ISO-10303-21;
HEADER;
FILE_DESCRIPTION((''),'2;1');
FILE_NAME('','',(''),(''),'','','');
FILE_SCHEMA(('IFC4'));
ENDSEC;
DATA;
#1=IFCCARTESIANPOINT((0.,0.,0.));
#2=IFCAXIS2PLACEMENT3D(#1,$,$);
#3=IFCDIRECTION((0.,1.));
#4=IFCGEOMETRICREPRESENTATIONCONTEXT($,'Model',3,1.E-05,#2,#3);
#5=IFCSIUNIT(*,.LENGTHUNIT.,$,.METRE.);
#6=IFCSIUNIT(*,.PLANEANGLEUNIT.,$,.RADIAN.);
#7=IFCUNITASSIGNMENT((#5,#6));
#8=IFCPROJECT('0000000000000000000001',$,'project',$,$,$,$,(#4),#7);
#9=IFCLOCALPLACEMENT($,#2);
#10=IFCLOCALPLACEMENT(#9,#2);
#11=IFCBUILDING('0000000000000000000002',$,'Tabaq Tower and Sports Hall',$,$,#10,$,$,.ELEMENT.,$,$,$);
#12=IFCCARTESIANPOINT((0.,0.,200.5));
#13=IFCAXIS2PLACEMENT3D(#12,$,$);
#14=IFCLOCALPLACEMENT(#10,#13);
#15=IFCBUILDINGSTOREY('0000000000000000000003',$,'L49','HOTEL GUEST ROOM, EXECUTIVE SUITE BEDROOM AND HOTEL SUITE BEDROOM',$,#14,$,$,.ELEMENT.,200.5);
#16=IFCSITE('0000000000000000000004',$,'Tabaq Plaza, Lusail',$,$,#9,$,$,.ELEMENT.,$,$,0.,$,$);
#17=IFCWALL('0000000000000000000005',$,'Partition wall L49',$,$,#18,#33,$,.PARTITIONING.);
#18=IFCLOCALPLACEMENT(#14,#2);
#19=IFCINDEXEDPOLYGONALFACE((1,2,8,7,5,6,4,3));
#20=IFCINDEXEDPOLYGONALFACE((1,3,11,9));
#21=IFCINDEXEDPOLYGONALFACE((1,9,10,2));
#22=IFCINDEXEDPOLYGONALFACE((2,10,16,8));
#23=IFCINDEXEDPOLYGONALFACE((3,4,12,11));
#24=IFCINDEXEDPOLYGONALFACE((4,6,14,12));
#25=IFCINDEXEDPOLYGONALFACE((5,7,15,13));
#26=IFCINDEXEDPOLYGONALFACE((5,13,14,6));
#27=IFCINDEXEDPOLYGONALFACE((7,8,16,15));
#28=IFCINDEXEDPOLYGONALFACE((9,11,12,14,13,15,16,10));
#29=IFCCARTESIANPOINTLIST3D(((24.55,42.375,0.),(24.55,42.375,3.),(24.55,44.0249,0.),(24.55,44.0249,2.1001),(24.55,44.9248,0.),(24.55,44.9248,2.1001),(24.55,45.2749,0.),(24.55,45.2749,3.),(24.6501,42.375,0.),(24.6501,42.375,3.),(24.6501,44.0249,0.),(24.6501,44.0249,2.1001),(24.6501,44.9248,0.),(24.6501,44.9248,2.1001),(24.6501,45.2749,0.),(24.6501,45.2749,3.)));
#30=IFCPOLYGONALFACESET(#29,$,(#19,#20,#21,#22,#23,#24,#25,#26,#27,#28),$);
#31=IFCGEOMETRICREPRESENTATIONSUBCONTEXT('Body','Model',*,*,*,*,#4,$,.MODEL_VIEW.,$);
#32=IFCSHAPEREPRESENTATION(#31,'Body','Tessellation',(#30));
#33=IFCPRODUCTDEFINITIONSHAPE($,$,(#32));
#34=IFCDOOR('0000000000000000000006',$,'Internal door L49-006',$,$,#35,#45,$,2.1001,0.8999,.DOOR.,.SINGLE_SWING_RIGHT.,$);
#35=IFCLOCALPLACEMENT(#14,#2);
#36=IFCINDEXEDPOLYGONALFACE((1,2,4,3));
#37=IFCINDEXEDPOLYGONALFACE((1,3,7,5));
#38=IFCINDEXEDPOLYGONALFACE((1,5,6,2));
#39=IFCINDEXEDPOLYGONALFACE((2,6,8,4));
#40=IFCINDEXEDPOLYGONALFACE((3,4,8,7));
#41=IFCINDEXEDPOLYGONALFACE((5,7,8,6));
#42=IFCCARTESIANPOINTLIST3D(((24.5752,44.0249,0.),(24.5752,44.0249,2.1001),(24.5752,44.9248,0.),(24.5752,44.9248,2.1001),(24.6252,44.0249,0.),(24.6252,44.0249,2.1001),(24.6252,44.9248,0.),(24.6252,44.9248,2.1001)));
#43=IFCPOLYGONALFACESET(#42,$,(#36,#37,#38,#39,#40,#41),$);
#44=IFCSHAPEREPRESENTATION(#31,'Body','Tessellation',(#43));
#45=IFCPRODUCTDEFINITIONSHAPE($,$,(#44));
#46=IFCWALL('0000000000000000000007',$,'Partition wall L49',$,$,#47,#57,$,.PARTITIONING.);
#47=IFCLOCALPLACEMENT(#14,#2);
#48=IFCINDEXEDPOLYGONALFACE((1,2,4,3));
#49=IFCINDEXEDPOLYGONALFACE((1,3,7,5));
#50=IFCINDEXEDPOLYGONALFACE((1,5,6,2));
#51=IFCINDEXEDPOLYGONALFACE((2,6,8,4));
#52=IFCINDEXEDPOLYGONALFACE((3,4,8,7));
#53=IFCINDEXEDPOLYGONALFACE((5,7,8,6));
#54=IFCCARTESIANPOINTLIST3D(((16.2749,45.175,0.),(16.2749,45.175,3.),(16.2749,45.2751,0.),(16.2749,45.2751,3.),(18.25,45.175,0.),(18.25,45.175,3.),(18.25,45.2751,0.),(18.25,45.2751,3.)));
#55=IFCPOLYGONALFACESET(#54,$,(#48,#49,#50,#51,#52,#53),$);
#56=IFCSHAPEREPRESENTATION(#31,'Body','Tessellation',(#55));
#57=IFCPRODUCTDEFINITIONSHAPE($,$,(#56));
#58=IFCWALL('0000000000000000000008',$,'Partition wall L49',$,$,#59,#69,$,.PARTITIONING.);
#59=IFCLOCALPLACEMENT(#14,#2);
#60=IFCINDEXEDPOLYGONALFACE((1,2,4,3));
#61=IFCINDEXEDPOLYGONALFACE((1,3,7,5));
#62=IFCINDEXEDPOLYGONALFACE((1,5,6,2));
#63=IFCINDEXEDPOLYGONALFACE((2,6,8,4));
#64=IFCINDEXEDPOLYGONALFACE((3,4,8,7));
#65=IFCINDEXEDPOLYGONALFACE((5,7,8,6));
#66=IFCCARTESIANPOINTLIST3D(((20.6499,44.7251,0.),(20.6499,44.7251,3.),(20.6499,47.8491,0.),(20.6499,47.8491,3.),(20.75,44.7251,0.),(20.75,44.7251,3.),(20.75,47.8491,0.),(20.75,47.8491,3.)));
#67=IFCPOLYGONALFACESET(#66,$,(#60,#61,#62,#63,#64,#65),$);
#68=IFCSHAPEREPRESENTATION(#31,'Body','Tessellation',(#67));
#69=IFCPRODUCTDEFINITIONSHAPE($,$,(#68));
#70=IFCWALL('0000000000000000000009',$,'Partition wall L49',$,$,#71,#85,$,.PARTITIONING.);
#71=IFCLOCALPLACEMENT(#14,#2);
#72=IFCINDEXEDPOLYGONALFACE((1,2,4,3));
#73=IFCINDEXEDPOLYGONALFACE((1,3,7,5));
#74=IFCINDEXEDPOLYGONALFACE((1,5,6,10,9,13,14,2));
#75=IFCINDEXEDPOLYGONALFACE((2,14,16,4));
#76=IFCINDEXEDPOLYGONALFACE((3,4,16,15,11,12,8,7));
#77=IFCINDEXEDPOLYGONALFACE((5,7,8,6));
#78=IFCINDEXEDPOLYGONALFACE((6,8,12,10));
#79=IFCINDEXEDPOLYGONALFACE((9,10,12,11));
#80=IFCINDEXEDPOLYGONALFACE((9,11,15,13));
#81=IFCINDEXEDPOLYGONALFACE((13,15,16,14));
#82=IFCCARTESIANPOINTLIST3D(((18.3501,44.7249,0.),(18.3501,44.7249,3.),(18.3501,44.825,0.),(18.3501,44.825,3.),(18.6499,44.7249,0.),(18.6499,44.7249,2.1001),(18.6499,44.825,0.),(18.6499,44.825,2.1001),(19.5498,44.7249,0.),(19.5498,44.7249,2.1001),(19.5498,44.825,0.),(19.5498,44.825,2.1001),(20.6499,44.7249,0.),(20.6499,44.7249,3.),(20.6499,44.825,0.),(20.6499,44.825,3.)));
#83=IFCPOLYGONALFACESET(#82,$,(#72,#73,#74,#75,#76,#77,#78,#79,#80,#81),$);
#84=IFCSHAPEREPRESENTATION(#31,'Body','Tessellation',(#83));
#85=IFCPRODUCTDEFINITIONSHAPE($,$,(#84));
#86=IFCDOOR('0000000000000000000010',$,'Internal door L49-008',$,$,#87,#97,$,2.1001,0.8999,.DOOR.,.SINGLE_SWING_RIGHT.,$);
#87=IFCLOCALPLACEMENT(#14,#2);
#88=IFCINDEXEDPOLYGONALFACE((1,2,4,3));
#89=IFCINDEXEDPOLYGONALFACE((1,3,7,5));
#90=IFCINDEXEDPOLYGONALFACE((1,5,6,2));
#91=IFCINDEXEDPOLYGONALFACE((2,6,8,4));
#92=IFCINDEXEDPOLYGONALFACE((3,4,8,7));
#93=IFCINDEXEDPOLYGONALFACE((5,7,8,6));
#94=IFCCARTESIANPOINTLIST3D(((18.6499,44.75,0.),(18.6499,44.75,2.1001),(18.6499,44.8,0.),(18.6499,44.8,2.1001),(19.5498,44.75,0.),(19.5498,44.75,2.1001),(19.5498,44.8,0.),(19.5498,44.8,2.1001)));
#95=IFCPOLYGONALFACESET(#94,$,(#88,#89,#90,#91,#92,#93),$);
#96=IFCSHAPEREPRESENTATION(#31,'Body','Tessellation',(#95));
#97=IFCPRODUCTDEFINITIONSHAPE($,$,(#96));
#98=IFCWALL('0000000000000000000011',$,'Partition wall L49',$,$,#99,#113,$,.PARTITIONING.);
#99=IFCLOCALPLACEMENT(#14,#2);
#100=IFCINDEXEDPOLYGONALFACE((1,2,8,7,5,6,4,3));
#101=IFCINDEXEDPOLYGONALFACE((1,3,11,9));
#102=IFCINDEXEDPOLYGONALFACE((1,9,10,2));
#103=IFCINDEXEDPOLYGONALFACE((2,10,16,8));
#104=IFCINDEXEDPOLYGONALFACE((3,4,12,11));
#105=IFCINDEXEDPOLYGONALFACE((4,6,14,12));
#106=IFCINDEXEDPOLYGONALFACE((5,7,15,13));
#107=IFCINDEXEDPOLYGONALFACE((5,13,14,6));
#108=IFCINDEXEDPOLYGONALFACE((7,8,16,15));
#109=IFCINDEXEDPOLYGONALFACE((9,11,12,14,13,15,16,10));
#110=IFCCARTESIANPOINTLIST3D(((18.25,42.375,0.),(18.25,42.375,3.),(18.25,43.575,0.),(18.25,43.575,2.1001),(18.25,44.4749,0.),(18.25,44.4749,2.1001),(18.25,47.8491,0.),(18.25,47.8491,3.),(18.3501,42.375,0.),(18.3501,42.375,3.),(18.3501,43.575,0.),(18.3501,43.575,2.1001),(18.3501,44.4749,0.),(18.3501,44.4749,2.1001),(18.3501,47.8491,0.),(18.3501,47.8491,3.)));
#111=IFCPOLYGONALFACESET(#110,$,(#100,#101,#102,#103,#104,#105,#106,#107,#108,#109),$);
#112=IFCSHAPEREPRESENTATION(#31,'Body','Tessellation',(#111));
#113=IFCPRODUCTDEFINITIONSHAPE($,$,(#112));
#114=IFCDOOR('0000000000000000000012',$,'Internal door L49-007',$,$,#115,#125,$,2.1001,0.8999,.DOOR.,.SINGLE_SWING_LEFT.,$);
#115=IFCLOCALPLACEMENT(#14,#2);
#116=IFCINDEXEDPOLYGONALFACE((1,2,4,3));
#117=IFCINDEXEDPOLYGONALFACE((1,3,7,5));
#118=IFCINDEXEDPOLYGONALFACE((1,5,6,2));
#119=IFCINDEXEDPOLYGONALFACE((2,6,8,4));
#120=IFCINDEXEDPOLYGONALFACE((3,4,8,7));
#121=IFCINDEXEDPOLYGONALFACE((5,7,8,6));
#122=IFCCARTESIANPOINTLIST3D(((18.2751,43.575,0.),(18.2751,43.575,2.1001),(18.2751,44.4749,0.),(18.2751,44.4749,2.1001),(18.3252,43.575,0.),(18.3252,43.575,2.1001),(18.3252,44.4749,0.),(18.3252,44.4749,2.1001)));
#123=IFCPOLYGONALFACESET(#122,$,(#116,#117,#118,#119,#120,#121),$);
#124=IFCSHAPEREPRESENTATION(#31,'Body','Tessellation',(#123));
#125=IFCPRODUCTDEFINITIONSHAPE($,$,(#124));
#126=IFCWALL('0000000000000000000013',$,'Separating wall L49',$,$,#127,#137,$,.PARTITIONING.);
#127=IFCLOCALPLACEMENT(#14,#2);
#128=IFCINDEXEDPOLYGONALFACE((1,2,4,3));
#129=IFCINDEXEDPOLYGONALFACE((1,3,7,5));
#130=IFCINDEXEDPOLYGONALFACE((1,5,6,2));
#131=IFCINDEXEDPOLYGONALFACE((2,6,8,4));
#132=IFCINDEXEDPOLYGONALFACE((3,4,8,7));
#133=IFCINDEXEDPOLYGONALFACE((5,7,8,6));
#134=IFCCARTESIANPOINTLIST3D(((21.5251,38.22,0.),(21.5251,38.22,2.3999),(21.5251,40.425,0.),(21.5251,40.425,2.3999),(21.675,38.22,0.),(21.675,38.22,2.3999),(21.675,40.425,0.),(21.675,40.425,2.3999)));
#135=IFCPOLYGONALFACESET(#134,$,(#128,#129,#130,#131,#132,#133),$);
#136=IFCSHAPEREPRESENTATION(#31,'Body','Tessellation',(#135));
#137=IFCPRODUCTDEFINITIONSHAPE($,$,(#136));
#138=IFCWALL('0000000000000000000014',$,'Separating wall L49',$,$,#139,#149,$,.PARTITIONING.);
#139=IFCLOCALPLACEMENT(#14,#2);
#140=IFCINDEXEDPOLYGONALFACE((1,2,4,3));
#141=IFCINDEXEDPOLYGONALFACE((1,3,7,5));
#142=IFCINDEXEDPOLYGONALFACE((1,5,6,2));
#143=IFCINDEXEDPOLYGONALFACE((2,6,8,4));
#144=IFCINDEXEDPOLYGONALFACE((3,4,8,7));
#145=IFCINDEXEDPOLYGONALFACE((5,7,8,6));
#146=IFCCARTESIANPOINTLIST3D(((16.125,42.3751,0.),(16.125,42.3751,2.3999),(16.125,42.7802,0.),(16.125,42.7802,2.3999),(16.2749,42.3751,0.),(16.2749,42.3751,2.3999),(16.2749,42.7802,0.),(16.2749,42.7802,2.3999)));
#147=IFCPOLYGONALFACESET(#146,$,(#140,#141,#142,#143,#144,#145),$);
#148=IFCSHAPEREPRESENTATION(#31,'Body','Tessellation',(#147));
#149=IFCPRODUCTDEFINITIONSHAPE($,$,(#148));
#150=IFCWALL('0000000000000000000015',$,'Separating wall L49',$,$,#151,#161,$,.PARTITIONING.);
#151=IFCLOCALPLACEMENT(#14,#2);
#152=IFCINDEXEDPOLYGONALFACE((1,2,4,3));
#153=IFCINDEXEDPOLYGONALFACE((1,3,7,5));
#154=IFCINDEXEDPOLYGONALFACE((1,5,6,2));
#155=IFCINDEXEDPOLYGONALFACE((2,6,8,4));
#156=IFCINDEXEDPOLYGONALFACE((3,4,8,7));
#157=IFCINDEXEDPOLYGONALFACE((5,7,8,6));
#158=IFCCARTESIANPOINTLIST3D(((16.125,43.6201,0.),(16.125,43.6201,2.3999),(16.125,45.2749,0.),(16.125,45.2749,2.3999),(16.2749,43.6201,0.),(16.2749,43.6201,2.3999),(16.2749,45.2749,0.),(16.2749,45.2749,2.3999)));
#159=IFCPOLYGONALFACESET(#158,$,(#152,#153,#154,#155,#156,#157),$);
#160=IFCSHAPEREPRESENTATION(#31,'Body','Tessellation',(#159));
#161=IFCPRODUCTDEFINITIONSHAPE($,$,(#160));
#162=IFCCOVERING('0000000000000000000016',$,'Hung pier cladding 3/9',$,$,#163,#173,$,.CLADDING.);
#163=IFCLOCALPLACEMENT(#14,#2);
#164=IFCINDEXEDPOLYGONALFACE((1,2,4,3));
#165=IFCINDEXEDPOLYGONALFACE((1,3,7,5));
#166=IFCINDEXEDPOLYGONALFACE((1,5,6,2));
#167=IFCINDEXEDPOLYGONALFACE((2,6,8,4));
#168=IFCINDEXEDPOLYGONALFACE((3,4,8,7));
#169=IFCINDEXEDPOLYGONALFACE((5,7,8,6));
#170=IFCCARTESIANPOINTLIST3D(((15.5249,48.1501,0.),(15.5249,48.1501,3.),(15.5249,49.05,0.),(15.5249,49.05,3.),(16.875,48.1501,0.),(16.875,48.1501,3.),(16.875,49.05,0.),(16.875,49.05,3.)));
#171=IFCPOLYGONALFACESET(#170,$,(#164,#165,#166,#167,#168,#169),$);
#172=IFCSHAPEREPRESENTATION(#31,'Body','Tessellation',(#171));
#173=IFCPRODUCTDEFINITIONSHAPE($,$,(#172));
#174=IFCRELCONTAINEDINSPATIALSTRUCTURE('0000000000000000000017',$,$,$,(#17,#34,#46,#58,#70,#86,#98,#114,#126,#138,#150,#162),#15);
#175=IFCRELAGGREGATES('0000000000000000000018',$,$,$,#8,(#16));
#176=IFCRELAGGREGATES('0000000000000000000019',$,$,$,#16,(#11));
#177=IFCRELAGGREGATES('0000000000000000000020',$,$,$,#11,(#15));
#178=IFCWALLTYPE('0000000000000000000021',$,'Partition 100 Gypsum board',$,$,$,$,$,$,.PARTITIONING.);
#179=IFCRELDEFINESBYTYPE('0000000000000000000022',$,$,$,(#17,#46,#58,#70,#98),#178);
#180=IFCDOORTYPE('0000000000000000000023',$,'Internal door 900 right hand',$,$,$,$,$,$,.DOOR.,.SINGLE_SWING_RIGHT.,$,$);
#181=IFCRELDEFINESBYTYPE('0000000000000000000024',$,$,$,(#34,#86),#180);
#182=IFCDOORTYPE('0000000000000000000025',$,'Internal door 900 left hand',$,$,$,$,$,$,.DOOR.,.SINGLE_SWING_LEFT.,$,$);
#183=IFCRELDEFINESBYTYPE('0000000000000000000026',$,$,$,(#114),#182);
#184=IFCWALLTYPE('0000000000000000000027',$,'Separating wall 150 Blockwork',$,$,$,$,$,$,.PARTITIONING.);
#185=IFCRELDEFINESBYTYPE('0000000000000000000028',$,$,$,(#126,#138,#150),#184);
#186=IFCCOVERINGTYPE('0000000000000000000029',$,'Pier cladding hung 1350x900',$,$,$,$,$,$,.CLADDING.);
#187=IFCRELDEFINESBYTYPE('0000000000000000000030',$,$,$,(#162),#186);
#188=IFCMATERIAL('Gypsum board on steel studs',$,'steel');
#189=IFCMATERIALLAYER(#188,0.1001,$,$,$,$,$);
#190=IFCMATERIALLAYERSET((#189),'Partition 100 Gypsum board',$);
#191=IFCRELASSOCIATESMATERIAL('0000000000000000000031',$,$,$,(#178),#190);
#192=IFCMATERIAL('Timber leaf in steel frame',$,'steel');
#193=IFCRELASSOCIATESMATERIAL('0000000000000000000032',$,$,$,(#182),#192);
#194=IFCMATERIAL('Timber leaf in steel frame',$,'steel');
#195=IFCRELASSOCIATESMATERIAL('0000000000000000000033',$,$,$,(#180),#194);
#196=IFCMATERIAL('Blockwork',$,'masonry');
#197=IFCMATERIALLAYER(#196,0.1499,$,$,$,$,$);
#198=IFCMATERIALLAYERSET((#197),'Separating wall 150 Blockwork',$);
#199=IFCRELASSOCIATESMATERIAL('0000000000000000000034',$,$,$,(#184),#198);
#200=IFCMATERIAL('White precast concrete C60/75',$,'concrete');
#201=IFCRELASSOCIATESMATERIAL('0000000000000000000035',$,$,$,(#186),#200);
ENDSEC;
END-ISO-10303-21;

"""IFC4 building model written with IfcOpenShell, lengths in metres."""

from ifc_helpers import new_model, si_unit, direction, frame, frame_2d, origin, place, context, subcontext, project, spatial, rectangle, extrude, material, layer, layer_set, type_object, element, fill, save


model = new_model("IFC4")

# Units and contexts
model_context = context("Model", 3, precision=1e-05, world=origin(), true_north=direction((0.0, 1.0)))
body_context = subcontext(model_context, "Body", "Model", "MODEL_VIEW")
ifc_project = project(units=[si_unit("LENGTHUNIT", "METRE"), si_unit("PLANEANGLEUNIT", "RADIAN")], contexts=[model_context])

# Site, building, storey
site_placement = place(None, origin())
site = spatial("IfcSite", under=ifc_project, at=site_placement, Name="Tabaq Plaza, Lusail", CompositionType="ELEMENT", RefElevation=0.0)
building_placement = place(site_placement, origin())
building = spatial("IfcBuilding", under=site, at=building_placement, Name="Tabaq Tower and Sports Hall", CompositionType="ELEMENT")
storey_placement = place(building_placement, frame((0.0, 0.0, 200.5)))
storey = spatial("IfcBuildingStorey", under=building, at=storey_placement, Name="L49", Description="HOTEL GUEST ROOM, EXECUTIVE SUITE BEDROOM AND HOTEL SUITE BEDROOM", CompositionType="ELEMENT", Elevation=200.5)

# Shared definitions
ifc_material_1 = material(Name="Gypsum board on steel studs", Category="steel")
ifc_layer_1 = layer(ifc_material_1, 0.1001)
ifc_layer_set_1 = layer_set([ifc_layer_1], Name="Partition 100 Gypsum board")
wall_type_1 = type_object("IfcWallType", Name="Partition 100 Gypsum board", PredefinedType="PARTITIONING", material=ifc_layer_set_1)
ifc_material_2 = material(Name="Timber leaf in steel frame", Category="steel")
door_type_1 = type_object("IfcDoorType", Name="Internal door 900 left hand", OperationType="SINGLE_SWING_LEFT", PredefinedType="DOOR", material=ifc_material_2)

# Wall, opening, door
wall_1_placement = place(storey_placement, frame((24.6001, 42.375, 0.0), z_axis=(0.0, 0.0, 1.0), x_axis=(0.0, 1.0, 0.0)))
wall_1 = element("IfcWall", 1, at=wall_1_placement, inside=storey, type_object=wall_type_1, Name="Partition wall L49", PredefinedType="PARTITIONING", context=body_context, shape_type="SweptSolid", body=[
    extrude(rectangle(XDim=2.8999, YDim=0.1001, at=frame_2d((1.45, 0.0))), origin(), (0.0, 0.0, 1.0), 3.0),
])
opening_1_placement = place(wall_1_placement, frame((1.6499, 0.0, 0.0)))
opening_1 = element("IfcOpeningElement", 2, at=opening_1_placement, cuts=wall_1, PredefinedType="OPENING", context=body_context, shape_type="SweptSolid", body=[
    extrude(rectangle(XDim=0.8999, YDim=2.1001, at=frame_2d((0.45, 1.05))), frame((0.0, 0.05, 0.0), z_axis=(0.0, -1.0, 0.0), x_axis=(1.0, 0.0, 0.0)), (0.0, 0.0, 1.0), 0.1001),
])
ifc_material_3 = material(Name="Timber leaf in steel frame", Category="steel")
door_type_2 = type_object("IfcDoorType", Name="Internal door 900 right hand", OperationType="SINGLE_SWING_RIGHT", PredefinedType="DOOR", material=ifc_material_3)
door_1_placement = place(opening_1_placement, origin())
door_1 = element("IfcDoor", 3, at=door_1_placement, inside=storey, type_object=door_type_2, Name="Internal door L49-006", OperationType="SINGLE_SWING_RIGHT", OverallHeight=2.1001, OverallWidth=0.8999, PredefinedType="DOOR", context=body_context, shape_type="SweptSolid", body=[
    extrude(rectangle(XDim=0.8999, YDim=2.1001, at=frame_2d((0.45, 1.05))), frame((0.0, 0.0249, 0.0), z_axis=(0.0, -1.0, 0.0), x_axis=(1.0, 0.0, 0.0)), (0.0, 0.0, 1.0), 0.05),
])
fill(opening_1, door_1)

# Walls
wall_2_placement = place(storey_placement, frame((18.25, 45.2251, 0.0), z_axis=(0.0, 0.0, 1.0), x_axis=(-1.0, 0.0, 0.0)))
element("IfcWall", 4, at=wall_2_placement, inside=storey, type_object=wall_type_1, Name="Partition wall L49", PredefinedType="PARTITIONING", context=body_context, shape_type="SweptSolid", body=[
    extrude(rectangle(XDim=1.9751, YDim=0.1001, at=frame_2d((0.9875, 0.0))), origin(), (0.0, 0.0, 1.0), 3.0),
])
wall_3_placement = place(storey_placement, frame((20.7, 47.8491, 0.0), z_axis=(0.0, 0.0, 1.0), x_axis=(0.0, -1.0, 0.0)))
element("IfcWall", 5, at=wall_3_placement, inside=storey, type_object=wall_type_1, Name="Partition wall L49", PredefinedType="PARTITIONING", context=body_context, shape_type="SweptSolid", body=[
    extrude(rectangle(XDim=3.124, YDim=0.1001, at=frame_2d((1.562, 0.0))), origin(), (0.0, 0.0, 1.0), 3.0),
])

# Walls, openings, doors
wall_4_placement = place(storey_placement, frame((20.6499, 44.7749, 0.0), z_axis=(0.0, 0.0, 1.0), x_axis=(-1.0, 0.0, 0.0)))
wall_4 = element("IfcWall", 6, at=wall_4_placement, inside=storey, type_object=wall_type_1, Name="Partition wall L49", PredefinedType="PARTITIONING", context=body_context, shape_type="SweptSolid", body=[
    extrude(rectangle(XDim=2.2998, YDim=0.1001, at=frame_2d((1.1499, 0.0))), origin(), (0.0, 0.0, 1.0), 3.0),
])
opening_2_placement = place(wall_4_placement, frame((1.1001, 0.0, 0.0)))
opening_2 = element("IfcOpeningElement", 7, at=opening_2_placement, cuts=wall_4, PredefinedType="OPENING", context=body_context, shape_type="SweptSolid", body=[
    extrude(rectangle(XDim=0.8999, YDim=2.1001, at=frame_2d((0.45, 1.05))), frame((0.0, 0.05, 0.0), z_axis=(0.0, -1.0, 0.0), x_axis=(1.0, 0.0, 0.0)), (0.0, 0.0, 1.0), 0.1001),
])
door_2_placement = place(opening_2_placement, origin())
door_2 = element("IfcDoor", 8, at=door_2_placement, inside=storey, type_object=door_type_2, Name="Internal door L49-008", OperationType="SINGLE_SWING_RIGHT", OverallHeight=2.1001, OverallWidth=0.8999, PredefinedType="DOOR", context=body_context, shape_type="SweptSolid", body=[
    extrude(rectangle(XDim=0.8999, YDim=2.1001, at=frame_2d((0.45, 1.05))), frame((0.0, 0.0249, 0.0), z_axis=(0.0, -1.0, 0.0), x_axis=(1.0, 0.0, 0.0)), (0.0, 0.0, 1.0), 0.05),
])
fill(opening_2, door_2)
wall_5_placement = place(storey_placement, frame((18.3, 42.375, 0.0), z_axis=(0.0, 0.0, 1.0), x_axis=(0.0, 1.0, 0.0)))
wall_5 = element("IfcWall", 9, at=wall_5_placement, inside=storey, type_object=wall_type_1, Name="Partition wall L49", PredefinedType="PARTITIONING", context=body_context, shape_type="SweptSolid", body=[
    extrude(rectangle(XDim=5.4741, YDim=0.1001, at=frame_2d((2.7371, 0.0))), origin(), (0.0, 0.0, 1.0), 3.0),
])
opening_3_placement = place(wall_5_placement, frame((1.2, 0.0, 0.0)))
opening_3 = element("IfcOpeningElement", 10, at=opening_3_placement, cuts=wall_5, PredefinedType="OPENING", context=body_context, shape_type="SweptSolid", body=[
    extrude(rectangle(XDim=0.8999, YDim=2.1001, at=frame_2d((0.45, 1.05))), frame((0.0, 0.05, 0.0), z_axis=(0.0, -1.0, 0.0), x_axis=(1.0, 0.0, 0.0)), (0.0, 0.0, 1.0), 0.1001),
])
door_3_placement = place(opening_3_placement, origin())
door_3 = element("IfcDoor", 11, at=door_3_placement, inside=storey, type_object=door_type_1, Name="Internal door L49-007", OperationType="SINGLE_SWING_LEFT", OverallHeight=2.1001, OverallWidth=0.8999, PredefinedType="DOOR", context=body_context, shape_type="SweptSolid", body=[
    extrude(rectangle(XDim=0.8999, YDim=2.1001, at=frame_2d((0.45, 1.05))), frame((0.0, 0.0249, 0.0), z_axis=(0.0, -1.0, 0.0), x_axis=(1.0, 0.0, 0.0)), (0.0, 0.0, 1.0), 0.05),
])
fill(opening_3, door_3)

# Walls
ifc_material_4 = material(Name="Blockwork", Category="masonry")
ifc_layer_2 = layer(ifc_material_4, 0.1499)
ifc_layer_set_2 = layer_set([ifc_layer_2], Name="Separating wall 150 Blockwork")
wall_type_2 = type_object("IfcWallType", Name="Separating wall 150 Blockwork", PredefinedType="PARTITIONING", material=ifc_layer_set_2)
wall_6_placement = place(storey_placement, frame((21.6001, 38.22, 0.0), z_axis=(0.0, 0.0, 1.0), x_axis=(0.0, 1.0, 0.0)))
element("IfcWall", 12, at=wall_6_placement, inside=storey, type_object=wall_type_2, Name="Separating wall L49", PredefinedType="PARTITIONING", context=body_context, shape_type="SweptSolid", body=[
    extrude(rectangle(XDim=2.2051, YDim=0.1499, at=frame_2d((1.1025, 0.0))), origin(), (0.0, 0.0, 1.0), 2.3999),
])
wall_7_placement = place(storey_placement, frame((16.2, 42.375, 0.0), z_axis=(0.0, 0.0, 1.0), x_axis=(0.0, 1.0, 0.0)))
element("IfcWall", 13, at=wall_7_placement, inside=storey, type_object=wall_type_2, Name="Separating wall L49", PredefinedType="PARTITIONING", context=body_context, shape_type="SweptSolid", body=[
    extrude(rectangle(XDim=0.405, YDim=0.1499, at=frame_2d((0.2026, 0.0))), origin(), (0.0, 0.0, 1.0), 2.3999),
])
wall_8_placement = place(storey_placement, frame((16.2, 43.6201, 0.0), z_axis=(0.0, 0.0, 1.0), x_axis=(0.0, 1.0, 0.0)))
element("IfcWall", 14, at=wall_8_placement, inside=storey, type_object=wall_type_2, Name="Separating wall L49", PredefinedType="PARTITIONING", context=body_context, shape_type="SweptSolid", body=[
    extrude(rectangle(XDim=1.6548, YDim=0.1499, at=frame_2d((0.8274, 0.0))), origin(), (0.0, 0.0, 1.0), 2.3999),
])

# Covering
ifc_material_5 = material(Name="White precast concrete C60/75", Category="concrete")
covering_type_1 = type_object("IfcCoveringType", Name="Pier cladding hung 1350x900", PredefinedType="CLADDING", material=ifc_material_5)
covering_1_placement = place(storey_placement, frame((16.875, 48.6001, 0.0), z_axis=(0.0, 0.0, 1.0), x_axis=(-1.0, 0.0, 0.0)))
element("IfcCovering", 15, at=covering_1_placement, inside=storey, type_object=covering_type_1, Name="Hung pier cladding 3/9", PredefinedType="CLADDING", context=body_context, shape_type="SweptSolid", body=[
    extrude(rectangle(XDim=1.3501, YDim=0.8999, at=frame_2d((0.675, 0.0))), origin(), (0.0, 0.0, 1.0), 3.0),
])

save(model, "model.ifc")
